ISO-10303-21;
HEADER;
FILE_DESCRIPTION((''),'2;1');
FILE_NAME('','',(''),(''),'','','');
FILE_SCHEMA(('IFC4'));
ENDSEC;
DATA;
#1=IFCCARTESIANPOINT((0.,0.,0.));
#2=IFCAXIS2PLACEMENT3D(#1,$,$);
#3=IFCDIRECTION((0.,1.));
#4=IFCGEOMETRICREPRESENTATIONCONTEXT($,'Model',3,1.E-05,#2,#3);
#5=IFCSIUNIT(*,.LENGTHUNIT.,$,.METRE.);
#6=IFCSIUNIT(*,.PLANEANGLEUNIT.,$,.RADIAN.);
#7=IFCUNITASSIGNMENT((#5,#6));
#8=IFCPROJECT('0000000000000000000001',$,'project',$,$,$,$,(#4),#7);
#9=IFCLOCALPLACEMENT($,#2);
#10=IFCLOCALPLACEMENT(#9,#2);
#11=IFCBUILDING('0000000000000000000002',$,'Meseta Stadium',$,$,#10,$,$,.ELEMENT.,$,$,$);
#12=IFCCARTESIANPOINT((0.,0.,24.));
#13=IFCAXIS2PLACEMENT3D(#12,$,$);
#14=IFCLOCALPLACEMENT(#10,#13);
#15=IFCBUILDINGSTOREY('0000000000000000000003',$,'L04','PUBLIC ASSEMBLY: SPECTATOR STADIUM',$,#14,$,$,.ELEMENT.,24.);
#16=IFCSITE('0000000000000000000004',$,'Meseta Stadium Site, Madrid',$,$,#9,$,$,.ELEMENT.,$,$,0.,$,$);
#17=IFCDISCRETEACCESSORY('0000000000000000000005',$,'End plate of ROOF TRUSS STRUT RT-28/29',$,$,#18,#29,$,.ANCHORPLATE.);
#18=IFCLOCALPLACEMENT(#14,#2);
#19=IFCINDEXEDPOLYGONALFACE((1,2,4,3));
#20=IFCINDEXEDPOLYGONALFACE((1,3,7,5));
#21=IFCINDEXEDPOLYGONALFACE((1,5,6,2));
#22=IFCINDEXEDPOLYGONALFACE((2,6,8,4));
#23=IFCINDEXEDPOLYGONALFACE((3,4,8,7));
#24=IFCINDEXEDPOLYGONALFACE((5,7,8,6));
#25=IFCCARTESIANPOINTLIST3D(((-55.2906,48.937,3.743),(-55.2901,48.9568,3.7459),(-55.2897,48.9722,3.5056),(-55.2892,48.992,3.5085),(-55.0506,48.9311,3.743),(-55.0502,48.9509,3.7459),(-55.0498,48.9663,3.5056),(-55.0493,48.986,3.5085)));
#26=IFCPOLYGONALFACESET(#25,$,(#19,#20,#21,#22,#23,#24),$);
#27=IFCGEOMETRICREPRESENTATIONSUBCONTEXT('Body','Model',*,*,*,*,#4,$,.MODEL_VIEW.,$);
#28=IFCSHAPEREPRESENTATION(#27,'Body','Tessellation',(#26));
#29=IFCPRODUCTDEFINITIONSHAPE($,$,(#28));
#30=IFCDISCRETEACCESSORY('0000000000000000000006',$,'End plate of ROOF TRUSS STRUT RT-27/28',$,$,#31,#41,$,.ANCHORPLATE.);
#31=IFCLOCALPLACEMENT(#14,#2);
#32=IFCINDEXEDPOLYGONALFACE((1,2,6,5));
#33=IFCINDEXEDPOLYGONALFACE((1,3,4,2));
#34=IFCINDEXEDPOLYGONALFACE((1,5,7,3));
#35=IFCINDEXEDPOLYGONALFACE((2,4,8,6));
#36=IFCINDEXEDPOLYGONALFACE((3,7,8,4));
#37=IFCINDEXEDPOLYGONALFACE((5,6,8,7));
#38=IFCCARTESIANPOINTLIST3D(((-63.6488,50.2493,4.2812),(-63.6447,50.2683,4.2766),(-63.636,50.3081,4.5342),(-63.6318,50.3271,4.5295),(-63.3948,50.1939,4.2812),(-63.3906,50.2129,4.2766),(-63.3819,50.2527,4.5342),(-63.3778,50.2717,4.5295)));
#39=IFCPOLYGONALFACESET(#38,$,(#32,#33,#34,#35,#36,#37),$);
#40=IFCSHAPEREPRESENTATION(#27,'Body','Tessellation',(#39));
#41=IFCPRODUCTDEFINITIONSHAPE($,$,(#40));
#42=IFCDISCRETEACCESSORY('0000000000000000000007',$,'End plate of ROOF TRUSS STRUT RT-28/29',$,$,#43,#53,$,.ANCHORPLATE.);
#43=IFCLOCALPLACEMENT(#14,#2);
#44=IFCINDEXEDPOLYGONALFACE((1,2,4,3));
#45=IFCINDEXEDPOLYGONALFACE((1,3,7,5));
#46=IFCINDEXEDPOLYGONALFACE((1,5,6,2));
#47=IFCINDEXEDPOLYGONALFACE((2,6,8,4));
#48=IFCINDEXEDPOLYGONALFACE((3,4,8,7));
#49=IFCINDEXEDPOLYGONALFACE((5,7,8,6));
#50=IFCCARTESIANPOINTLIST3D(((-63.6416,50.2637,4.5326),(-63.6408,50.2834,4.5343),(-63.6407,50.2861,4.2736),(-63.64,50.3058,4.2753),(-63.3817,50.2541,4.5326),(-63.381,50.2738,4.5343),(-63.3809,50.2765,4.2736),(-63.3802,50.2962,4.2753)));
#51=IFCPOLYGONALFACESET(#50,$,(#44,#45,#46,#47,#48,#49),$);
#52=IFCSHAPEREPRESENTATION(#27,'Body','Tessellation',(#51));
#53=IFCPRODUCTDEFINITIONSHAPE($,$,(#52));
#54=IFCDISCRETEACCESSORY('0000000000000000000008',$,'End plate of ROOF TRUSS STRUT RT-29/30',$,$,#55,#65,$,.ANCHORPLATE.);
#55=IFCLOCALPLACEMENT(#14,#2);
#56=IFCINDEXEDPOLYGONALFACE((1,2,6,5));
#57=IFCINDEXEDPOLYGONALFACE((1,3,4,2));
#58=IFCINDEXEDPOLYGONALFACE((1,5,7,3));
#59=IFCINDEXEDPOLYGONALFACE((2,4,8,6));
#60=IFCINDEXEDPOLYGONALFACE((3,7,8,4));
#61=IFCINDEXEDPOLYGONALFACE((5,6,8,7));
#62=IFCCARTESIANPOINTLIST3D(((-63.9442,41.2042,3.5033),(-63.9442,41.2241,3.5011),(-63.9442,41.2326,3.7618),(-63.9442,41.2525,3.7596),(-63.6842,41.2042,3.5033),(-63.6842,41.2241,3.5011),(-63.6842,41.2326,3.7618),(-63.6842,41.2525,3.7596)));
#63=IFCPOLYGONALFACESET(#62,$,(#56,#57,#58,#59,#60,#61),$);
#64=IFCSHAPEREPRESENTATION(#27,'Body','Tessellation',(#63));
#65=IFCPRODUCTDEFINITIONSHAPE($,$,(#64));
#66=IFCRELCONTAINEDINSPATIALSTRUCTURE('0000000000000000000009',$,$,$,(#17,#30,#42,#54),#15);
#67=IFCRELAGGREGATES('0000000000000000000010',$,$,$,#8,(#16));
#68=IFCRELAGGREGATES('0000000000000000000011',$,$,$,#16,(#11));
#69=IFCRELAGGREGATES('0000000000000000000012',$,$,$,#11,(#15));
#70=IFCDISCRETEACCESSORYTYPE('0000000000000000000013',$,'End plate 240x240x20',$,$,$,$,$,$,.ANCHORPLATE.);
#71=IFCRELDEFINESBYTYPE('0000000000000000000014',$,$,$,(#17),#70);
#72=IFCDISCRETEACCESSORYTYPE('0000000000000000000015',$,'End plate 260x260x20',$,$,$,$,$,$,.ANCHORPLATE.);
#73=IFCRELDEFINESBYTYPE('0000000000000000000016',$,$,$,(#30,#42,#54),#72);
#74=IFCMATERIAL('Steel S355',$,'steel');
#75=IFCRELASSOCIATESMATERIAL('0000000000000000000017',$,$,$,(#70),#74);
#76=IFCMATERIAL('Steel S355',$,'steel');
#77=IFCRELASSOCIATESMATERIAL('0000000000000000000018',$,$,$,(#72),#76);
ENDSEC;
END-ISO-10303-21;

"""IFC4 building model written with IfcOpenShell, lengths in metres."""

from ifc_helpers import new_model, si_unit, direction, frame, origin, origin_2d, place, context, subcontext, project, spatial, rectangle, extrude, material, material_profile, profile_set, type_object, element, save


model = new_model("IFC4")

# Units and contexts
model_context = context("Model", 3, precision=1e-05, world=origin(), true_north=direction((0.0, 1.0)))
body_context = subcontext(model_context, "Body", "Model", "MODEL_VIEW")
ifc_project = project(units=[si_unit("LENGTHUNIT", "METRE"), si_unit("PLANEANGLEUNIT", "RADIAN")], contexts=[model_context])

# Site, building, storey
site_placement = place(None, origin())
site = spatial("IfcSite", under=ifc_project, at=site_placement, Name="Meseta Stadium Site, Madrid", CompositionType="ELEMENT", RefElevation=0.0)
building_placement = place(site_placement, origin())
building = spatial("IfcBuilding", under=site, at=building_placement, Name="Meseta Stadium", CompositionType="ELEMENT")
storey_placement = place(building_placement, frame((0.0, 0.0, 24.0)))
storey = spatial("IfcBuildingStorey", under=building, at=storey_placement, Name="L04", Description="PUBLIC ASSEMBLY: SPECTATOR STADIUM", CompositionType="ELEMENT", Elevation=24.0)

# Discrete accessories
ifc_material_1 = material(Name="Steel S355", Category="steel")
ifc_material_profile_1 = material_profile(ifc_material_1, rectangle(XDim=0.24, YDim=0.24, at=origin_2d()), Name="PL 240x240")
ifc_profile_set_1 = profile_set([ifc_material_profile_1], Name="Steel S355")
discrete_accessory_type_1 = type_object("IfcDiscreteAccessoryType", Name="End plate 240x240x20", PredefinedType="ANCHORPLATE", material=ifc_profile_set_1)
discrete_accessory_1_placement = place(storey_placement, frame((-55.1697, 48.9714, 3.6272), z_axis=(-0.024417, -0.988909, -0.146505), x_axis=(0.999695, -0.024684, 0.0)))
element("IfcDiscreteAccessory", 1, at=discrete_accessory_1_placement, inside=storey, type_object=discrete_accessory_type_1, Name="End plate of ROOF TRUSS STRUT RT-28/29", PredefinedType="ANCHORPLATE", context=body_context, shape_type="SweptSolid", body=[
    extrude(rectangle(XDim=0.24, YDim=0.24, at=origin_2d()), origin(), (0.0, 0.0, 1.0), 0.02),
])
ifc_material_2 = material(Name="Steel S355", Category="steel")
ifc_material_profile_2 = material_profile(ifc_material_2, rectangle(XDim=0.26, YDim=0.26, at=origin_2d()), Name="PL 260x260")
ifc_profile_set_2 = profile_set([ifc_material_profile_2], Name="Steel S355")
discrete_accessory_type_2 = type_object("IfcDiscreteAccessoryType", Name="End plate 260x260x20", PredefinedType="ANCHORPLATE", material=ifc_profile_set_2)
discrete_accessory_2_placement = place(storey_placement, frame((-63.5112, 50.27, 4.4031), z_axis=(-0.207163, -0.950513, 0.231535), x_axis=(0.977063, -0.21295, 0.0)))
element("IfcDiscreteAccessory", 2, at=discrete_accessory_2_placement, inside=storey, type_object=discrete_accessory_type_2, Name="End plate of ROOF TRUSS STRUT RT-27/28", PredefinedType="ANCHORPLATE", context=body_context, shape_type="SweptSolid", body=[
    extrude(rectangle(XDim=0.26, YDim=0.26, at=origin_2d()), origin(), (0.0, 0.0, 1.0), 0.02),
])
discrete_accessory_3_placement = place(storey_placement, frame((-63.5105, 50.2898, 4.4048), z_axis=(-0.036874, -0.995609, -0.08604), x_axis=(0.999315, -0.037012, 0.0)))
element("IfcDiscreteAccessory", 3, at=discrete_accessory_3_placement, inside=storey, type_object=discrete_accessory_type_2, Name="End plate of ROOF TRUSS STRUT RT-28/29", PredefinedType="ANCHORPLATE", context=body_context, shape_type="SweptSolid", body=[
    extrude(rectangle(XDim=0.26, YDim=0.26, at=origin_2d()), origin(), (0.0, 0.0, 1.0), 0.0198),
])
discrete_accessory_4_placement = place(storey_placement, frame((-63.8142, 41.2383, 3.6304), z_axis=(0.0, -0.994031, 0.109101), x_axis=(1.0, 0.0, 0.0)))
element("IfcDiscreteAccessory", 4, at=discrete_accessory_4_placement, inside=storey, type_object=discrete_accessory_type_2, Name="End plate of ROOF TRUSS STRUT RT-29/30", PredefinedType="ANCHORPLATE", context=body_context, shape_type="SweptSolid", body=[
    extrude(rectangle(XDim=0.26, YDim=0.26, at=origin_2d()), origin(), (0.0, 0.0, 1.0), 0.02),
])

save(model, "model.ifc")
